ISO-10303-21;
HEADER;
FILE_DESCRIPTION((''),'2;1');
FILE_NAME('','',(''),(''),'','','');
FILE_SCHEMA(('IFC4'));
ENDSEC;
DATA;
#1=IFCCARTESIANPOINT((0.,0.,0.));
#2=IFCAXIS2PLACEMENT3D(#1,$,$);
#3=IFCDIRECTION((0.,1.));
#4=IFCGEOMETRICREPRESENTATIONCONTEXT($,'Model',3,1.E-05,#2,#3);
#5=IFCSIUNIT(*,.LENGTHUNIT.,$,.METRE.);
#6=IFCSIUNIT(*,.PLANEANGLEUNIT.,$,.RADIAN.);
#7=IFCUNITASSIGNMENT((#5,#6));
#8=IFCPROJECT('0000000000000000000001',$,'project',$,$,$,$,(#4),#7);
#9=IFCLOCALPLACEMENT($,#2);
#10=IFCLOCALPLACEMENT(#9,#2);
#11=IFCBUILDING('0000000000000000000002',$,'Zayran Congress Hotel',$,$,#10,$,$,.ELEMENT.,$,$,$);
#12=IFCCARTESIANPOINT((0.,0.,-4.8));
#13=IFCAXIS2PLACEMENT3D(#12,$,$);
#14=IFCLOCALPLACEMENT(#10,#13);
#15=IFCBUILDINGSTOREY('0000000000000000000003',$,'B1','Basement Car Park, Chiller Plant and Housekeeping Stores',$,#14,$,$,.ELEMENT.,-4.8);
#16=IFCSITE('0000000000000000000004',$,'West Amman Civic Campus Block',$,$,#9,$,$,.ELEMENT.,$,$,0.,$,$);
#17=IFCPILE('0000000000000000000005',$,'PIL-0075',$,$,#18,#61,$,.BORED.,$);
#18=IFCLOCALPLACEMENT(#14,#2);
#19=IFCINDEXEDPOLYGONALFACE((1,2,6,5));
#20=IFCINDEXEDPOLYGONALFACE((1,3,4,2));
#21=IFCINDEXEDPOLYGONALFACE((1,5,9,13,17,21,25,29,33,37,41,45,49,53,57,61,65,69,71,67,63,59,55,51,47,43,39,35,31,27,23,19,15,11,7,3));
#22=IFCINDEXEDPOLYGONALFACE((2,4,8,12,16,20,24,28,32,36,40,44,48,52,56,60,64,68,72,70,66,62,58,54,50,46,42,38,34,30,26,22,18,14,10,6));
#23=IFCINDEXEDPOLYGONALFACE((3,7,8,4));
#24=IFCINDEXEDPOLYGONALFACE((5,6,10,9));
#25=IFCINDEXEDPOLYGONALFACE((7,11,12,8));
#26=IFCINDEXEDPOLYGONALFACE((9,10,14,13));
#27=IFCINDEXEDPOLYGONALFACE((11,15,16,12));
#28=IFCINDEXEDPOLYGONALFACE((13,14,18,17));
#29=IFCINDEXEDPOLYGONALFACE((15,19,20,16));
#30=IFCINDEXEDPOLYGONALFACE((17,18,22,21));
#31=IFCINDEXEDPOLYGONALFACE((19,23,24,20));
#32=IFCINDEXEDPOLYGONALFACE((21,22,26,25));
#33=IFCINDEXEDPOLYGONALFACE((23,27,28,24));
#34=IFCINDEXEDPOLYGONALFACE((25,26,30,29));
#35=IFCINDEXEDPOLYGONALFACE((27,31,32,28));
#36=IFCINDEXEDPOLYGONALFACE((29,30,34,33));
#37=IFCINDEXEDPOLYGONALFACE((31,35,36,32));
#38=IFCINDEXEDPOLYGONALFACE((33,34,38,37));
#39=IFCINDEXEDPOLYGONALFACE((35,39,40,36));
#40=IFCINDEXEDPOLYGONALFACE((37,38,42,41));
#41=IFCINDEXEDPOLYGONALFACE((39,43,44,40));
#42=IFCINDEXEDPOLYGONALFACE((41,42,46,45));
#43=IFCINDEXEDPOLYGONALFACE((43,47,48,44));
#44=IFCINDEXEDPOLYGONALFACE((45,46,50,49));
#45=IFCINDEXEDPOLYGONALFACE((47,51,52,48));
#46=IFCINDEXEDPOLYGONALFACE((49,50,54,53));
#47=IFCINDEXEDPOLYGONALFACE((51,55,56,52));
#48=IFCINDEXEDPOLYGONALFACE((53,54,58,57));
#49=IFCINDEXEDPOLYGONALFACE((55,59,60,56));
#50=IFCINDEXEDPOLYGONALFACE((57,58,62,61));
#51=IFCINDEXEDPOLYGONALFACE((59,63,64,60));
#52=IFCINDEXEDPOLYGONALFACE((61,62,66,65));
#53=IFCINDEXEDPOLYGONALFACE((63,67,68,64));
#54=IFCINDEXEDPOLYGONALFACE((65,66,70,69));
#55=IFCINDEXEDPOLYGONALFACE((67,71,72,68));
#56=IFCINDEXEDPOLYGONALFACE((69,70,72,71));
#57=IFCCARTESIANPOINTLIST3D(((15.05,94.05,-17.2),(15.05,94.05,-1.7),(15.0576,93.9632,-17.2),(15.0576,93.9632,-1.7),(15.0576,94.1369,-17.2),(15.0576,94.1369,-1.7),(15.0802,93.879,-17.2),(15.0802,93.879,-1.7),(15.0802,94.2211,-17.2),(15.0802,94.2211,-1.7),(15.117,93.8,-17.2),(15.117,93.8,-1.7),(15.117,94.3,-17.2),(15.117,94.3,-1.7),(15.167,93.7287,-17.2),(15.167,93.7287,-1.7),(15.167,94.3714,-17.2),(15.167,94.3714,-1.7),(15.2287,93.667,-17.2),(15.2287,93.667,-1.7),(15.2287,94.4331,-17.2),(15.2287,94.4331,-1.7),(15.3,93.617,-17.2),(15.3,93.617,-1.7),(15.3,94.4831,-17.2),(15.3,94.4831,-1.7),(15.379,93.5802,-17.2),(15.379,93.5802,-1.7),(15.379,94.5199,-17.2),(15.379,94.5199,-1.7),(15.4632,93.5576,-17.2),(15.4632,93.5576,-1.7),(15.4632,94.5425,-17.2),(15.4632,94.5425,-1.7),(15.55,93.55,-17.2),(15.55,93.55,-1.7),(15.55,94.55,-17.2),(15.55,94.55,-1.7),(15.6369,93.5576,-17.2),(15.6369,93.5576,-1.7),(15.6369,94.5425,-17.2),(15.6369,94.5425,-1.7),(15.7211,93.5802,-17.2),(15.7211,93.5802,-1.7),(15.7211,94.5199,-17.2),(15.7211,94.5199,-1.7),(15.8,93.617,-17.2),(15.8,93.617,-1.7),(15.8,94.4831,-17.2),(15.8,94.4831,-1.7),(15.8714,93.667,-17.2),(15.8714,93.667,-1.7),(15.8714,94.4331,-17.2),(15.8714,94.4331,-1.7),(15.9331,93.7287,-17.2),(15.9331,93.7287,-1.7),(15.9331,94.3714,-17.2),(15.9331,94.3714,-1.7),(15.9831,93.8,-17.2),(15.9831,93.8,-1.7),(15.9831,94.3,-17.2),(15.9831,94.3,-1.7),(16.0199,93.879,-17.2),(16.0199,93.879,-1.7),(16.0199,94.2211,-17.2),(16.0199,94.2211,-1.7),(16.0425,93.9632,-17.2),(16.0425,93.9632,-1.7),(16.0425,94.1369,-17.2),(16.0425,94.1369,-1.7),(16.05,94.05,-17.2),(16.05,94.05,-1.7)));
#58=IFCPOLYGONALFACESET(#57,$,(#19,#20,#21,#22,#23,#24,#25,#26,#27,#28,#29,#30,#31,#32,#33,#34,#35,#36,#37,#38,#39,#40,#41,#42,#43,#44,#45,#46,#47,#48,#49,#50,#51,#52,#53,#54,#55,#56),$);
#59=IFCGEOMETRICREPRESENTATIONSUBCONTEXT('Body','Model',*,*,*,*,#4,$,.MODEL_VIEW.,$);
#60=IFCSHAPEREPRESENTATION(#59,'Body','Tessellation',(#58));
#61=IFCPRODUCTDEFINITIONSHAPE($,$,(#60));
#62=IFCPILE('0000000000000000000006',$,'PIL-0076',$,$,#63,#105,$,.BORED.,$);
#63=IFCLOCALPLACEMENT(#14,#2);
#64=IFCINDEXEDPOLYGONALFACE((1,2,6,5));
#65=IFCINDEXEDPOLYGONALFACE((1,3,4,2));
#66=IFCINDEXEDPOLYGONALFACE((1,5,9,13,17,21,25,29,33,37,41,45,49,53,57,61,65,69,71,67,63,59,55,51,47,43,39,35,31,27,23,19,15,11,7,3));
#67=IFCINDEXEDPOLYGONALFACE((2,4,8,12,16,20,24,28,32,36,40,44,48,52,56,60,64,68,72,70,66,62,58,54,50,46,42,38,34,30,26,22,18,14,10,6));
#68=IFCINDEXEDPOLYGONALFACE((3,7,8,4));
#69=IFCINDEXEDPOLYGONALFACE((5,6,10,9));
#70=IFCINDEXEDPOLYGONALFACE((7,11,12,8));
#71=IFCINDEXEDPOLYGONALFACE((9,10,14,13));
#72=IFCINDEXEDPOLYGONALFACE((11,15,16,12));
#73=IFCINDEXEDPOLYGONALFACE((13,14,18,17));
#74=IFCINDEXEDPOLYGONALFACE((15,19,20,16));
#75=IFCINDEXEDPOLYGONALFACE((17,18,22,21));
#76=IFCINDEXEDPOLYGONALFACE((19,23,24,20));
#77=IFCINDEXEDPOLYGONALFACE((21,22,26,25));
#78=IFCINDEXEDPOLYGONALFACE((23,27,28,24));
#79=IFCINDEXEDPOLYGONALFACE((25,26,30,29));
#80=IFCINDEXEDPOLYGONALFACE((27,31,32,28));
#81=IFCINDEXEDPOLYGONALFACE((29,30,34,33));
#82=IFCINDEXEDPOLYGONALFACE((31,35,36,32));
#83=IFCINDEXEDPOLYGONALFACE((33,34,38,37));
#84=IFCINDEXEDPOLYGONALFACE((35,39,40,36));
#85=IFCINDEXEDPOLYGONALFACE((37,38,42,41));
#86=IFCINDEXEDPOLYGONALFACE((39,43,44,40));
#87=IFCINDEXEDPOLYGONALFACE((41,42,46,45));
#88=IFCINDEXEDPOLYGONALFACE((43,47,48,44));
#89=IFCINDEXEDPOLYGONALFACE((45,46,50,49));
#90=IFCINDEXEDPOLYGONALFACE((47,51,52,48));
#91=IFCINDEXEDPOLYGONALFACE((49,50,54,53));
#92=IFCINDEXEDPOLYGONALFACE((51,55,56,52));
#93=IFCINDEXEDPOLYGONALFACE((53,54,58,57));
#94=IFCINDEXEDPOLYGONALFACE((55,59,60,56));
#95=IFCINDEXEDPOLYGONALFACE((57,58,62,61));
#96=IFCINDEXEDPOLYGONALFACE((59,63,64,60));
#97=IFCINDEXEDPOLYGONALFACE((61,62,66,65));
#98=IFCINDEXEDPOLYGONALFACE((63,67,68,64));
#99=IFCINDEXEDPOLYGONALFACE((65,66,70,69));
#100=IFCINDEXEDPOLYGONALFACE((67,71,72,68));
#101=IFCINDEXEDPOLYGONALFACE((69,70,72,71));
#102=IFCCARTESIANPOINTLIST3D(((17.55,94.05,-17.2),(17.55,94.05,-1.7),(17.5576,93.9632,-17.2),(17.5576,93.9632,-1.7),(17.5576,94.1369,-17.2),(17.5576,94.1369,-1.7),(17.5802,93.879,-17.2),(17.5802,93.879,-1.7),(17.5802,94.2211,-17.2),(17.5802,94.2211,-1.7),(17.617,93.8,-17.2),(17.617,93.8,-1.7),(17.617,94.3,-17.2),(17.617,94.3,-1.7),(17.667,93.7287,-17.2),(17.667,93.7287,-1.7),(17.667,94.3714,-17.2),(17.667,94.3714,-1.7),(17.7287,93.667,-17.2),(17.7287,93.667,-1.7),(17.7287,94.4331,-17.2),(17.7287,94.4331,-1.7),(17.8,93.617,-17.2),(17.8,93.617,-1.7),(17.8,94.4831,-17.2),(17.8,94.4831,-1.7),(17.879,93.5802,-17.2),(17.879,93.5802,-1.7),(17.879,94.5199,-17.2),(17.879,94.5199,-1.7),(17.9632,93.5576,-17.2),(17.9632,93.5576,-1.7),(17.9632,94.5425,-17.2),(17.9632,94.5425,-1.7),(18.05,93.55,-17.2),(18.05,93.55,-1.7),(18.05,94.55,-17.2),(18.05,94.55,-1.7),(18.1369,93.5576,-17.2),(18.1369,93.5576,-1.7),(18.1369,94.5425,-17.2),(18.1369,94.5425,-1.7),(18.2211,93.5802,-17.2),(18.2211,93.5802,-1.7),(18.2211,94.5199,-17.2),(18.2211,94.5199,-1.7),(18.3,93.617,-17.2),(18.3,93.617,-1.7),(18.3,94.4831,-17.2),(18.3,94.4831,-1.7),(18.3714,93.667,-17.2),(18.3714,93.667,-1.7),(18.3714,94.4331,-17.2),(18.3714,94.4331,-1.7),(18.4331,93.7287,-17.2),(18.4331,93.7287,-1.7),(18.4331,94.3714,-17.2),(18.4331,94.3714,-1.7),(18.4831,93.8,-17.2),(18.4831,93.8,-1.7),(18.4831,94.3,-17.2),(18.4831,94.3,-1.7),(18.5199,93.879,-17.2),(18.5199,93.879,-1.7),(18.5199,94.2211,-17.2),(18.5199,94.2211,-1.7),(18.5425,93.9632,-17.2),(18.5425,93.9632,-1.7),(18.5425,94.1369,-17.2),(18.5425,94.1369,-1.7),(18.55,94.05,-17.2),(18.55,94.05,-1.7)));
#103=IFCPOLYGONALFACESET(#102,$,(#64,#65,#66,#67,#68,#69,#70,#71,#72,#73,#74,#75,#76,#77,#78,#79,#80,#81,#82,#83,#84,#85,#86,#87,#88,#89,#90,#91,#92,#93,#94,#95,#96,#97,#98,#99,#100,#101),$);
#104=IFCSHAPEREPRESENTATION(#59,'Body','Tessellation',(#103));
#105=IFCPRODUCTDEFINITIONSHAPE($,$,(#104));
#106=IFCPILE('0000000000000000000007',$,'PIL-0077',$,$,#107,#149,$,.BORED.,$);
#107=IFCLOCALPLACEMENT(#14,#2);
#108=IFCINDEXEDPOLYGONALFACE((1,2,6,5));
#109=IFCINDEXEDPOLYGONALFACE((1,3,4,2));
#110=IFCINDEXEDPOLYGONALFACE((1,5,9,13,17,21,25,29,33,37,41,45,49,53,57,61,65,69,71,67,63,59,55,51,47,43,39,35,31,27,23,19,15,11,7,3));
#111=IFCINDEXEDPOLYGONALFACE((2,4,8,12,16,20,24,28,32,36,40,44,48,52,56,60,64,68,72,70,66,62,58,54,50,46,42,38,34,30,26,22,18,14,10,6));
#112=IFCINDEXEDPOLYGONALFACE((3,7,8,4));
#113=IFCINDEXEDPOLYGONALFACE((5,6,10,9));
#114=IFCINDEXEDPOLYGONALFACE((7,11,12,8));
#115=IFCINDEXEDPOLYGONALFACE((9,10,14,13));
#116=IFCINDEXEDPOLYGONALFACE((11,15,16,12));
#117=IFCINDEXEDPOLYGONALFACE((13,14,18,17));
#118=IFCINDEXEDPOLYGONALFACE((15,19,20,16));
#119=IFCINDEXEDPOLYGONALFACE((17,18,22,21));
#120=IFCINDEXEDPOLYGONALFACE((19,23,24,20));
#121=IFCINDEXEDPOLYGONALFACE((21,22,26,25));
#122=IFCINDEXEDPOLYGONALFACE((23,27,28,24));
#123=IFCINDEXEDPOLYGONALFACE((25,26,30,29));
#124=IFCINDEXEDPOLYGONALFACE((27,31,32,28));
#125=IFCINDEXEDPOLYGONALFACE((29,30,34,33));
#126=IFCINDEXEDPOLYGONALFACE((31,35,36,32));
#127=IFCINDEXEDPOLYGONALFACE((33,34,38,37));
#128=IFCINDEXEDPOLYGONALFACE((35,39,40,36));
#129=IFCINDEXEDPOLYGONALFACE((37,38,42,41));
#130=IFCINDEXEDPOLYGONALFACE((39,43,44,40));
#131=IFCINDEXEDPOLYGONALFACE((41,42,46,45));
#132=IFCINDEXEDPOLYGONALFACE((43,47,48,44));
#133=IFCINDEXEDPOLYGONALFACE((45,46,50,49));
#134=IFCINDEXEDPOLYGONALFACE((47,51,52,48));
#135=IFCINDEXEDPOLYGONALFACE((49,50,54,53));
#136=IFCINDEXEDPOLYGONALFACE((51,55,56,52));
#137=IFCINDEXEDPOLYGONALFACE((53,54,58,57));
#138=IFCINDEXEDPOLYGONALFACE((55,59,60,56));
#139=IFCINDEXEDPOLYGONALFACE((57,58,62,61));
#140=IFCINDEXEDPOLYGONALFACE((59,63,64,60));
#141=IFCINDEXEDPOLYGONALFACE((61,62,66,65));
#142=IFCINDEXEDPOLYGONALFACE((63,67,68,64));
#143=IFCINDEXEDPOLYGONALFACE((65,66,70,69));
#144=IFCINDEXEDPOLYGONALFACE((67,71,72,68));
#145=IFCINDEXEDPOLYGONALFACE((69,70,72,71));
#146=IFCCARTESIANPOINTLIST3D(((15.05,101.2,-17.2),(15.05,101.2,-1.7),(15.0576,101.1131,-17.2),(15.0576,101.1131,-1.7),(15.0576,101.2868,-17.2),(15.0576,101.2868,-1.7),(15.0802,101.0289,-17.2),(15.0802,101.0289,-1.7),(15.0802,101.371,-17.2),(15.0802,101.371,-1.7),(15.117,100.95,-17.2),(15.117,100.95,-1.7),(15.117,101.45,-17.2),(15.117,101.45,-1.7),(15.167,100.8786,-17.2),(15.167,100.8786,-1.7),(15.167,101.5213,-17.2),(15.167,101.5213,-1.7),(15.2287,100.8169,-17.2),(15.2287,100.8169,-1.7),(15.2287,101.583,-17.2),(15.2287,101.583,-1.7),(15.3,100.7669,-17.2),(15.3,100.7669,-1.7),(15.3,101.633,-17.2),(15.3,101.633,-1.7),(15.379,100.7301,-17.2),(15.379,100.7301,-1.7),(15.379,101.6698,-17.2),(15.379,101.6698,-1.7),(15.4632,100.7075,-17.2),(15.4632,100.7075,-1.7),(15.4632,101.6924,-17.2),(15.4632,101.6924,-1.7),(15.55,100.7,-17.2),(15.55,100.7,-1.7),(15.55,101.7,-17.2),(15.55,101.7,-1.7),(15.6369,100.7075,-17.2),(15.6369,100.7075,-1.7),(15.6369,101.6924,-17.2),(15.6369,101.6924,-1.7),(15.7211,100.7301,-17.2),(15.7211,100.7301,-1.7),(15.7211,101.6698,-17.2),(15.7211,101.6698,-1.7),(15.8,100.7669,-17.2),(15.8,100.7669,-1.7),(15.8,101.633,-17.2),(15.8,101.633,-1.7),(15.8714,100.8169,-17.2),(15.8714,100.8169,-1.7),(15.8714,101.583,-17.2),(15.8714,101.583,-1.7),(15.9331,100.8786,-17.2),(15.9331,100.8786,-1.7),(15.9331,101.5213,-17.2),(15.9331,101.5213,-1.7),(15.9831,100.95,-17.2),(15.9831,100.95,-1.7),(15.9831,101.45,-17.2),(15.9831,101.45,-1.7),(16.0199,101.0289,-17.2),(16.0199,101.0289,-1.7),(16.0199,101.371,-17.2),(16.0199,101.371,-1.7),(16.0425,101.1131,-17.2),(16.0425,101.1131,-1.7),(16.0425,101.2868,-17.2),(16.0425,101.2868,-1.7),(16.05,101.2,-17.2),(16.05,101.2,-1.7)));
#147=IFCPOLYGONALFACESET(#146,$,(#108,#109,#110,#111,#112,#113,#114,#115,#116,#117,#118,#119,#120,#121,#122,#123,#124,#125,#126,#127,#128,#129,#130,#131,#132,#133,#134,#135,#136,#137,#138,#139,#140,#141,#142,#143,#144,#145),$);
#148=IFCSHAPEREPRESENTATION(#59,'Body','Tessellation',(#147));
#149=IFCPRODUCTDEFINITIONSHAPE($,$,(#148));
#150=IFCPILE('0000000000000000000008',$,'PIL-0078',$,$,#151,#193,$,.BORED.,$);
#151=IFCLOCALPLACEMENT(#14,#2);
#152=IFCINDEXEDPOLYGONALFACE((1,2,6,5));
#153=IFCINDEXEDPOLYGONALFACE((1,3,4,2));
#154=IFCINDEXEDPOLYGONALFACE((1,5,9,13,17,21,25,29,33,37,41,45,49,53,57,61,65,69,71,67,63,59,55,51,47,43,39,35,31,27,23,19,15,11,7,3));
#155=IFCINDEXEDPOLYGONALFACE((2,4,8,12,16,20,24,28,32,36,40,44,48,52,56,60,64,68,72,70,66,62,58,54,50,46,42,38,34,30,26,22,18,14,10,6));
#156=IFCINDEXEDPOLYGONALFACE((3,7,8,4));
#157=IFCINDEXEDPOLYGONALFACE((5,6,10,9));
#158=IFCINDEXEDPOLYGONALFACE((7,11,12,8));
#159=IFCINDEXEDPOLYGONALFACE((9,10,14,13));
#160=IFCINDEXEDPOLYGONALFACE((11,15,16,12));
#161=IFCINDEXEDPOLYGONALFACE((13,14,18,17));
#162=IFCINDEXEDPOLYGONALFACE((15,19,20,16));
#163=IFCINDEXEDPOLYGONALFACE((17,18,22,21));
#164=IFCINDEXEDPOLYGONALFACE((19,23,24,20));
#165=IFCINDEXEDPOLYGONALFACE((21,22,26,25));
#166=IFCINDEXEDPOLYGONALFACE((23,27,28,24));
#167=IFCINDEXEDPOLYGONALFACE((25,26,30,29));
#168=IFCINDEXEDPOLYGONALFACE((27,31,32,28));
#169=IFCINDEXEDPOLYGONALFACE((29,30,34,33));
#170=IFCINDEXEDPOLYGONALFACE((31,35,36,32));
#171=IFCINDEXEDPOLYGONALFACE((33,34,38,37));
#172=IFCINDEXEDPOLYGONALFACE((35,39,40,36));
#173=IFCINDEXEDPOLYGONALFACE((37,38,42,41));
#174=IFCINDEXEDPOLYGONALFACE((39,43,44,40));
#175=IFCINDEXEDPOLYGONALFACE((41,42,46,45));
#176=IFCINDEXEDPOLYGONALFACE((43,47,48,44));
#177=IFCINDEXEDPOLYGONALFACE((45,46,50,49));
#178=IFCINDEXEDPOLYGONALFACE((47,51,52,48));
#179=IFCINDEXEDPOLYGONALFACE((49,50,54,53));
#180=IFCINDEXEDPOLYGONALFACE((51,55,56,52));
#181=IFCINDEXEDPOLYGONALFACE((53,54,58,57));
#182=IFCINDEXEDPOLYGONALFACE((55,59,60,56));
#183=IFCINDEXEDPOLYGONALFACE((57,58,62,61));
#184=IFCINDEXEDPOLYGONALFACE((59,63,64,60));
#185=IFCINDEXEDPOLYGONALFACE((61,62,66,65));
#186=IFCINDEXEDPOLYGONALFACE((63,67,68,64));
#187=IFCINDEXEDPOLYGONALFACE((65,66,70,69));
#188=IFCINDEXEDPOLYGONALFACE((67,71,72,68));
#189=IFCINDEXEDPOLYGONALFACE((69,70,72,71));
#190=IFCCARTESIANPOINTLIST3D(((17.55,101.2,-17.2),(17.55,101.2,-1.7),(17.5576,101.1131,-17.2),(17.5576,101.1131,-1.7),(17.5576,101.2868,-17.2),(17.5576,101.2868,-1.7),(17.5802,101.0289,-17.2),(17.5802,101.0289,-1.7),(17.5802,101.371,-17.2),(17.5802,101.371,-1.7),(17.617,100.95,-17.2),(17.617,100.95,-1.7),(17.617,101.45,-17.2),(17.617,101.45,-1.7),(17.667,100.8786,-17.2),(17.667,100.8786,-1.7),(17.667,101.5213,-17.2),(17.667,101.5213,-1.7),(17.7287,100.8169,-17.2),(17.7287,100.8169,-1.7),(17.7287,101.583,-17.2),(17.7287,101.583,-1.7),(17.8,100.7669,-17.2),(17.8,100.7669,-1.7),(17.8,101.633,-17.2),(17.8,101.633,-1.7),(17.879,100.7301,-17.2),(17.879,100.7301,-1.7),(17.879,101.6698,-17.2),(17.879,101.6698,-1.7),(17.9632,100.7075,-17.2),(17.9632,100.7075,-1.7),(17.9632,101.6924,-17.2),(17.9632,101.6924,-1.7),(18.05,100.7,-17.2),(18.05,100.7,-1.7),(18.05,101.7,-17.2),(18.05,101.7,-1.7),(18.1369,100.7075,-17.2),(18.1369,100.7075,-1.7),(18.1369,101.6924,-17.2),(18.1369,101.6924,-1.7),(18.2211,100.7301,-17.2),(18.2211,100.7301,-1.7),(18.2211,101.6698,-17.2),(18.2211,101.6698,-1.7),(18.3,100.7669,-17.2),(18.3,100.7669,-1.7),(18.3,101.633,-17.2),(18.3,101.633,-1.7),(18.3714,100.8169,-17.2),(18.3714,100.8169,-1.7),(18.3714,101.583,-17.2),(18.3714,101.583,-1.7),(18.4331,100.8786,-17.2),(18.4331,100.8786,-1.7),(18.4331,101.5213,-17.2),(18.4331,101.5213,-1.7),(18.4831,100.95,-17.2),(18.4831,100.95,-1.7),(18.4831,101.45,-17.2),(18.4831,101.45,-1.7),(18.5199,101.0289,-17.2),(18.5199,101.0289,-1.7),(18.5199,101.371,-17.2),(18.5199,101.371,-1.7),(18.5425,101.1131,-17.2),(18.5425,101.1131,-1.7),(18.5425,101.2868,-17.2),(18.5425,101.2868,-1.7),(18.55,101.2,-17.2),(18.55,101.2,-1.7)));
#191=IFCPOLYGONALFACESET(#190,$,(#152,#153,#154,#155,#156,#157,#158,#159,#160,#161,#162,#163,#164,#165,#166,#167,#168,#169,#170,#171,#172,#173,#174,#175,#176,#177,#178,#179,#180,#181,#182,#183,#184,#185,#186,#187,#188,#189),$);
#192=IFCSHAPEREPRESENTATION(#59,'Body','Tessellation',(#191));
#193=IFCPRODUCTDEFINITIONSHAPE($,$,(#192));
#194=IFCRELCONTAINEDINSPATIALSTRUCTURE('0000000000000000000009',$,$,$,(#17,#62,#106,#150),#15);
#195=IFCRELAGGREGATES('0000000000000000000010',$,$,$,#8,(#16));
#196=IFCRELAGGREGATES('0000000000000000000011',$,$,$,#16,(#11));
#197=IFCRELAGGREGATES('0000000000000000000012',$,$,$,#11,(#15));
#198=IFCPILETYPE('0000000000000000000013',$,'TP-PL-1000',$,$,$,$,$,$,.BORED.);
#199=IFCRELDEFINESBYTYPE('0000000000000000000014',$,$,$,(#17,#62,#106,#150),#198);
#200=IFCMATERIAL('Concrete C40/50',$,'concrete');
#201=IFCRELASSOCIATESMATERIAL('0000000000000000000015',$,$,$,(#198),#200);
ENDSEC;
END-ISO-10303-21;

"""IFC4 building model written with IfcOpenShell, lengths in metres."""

from ifc_helpers import new_model, si_unit, direction, frame, origin, origin_2d, place, context, subcontext, project, spatial, circle, extrude, material, material_profile, profile_set, type_object, element, save


model = new_model("IFC4")

# Units and contexts
model_context = context("Model", 3, precision=1e-05, world=origin(), true_north=direction((0.0, 1.0)))
body_context = subcontext(model_context, "Body", "Model", "MODEL_VIEW")
ifc_project = project(units=[si_unit("LENGTHUNIT", "METRE"), si_unit("PLANEANGLEUNIT", "RADIAN")], contexts=[model_context])

# Site, building, storey
site_placement = place(None, origin())
site = spatial("IfcSite", under=ifc_project, at=site_placement, Name="West Amman Civic Campus Block", CompositionType="ELEMENT", RefElevation=0.0)
building_placement = place(site_placement, origin())
building = spatial("IfcBuilding", under=site, at=building_placement, Name="Zayran Congress Hotel", CompositionType="ELEMENT")
storey_placement = place(building_placement, frame((0.0, 0.0, -4.8)))
storey = spatial("IfcBuildingStorey", under=building, at=storey_placement, Name="B1", Description="Basement Car Park, Chiller Plant and Housekeeping Stores", CompositionType="ELEMENT", Elevation=-4.8)

# Piles
ifc_material_1 = material(Name="Concrete C40/50", Category="concrete")
ifc_material_profile_1 = material_profile(ifc_material_1, circle(Radius=0.5, at=origin_2d()), Name="PILE D1000")
ifc_profile_set_1 = profile_set([ifc_material_profile_1], Name="Concrete C40/50")
pile_type = type_object("IfcPileType", Name="TP-PL-1000", PredefinedType="BORED", material=ifc_profile_set_1)
for number, where, z_axis, x_axis, name in (
    (1, (15.55, 94.05, -1.7), (0.0, 0.0, -1.0), (1.0, 0.0, 0.0), "PIL-0075"),
    (2, (18.05, 94.05, -1.7), (0.0, 0.0, -1.0), (1.0, 0.0, 0.0), "PIL-0076"),
    (3, (15.55, 101.2, -1.7), (0.0, 0.0, -1.0), (1.0, 0.0, 0.0), "PIL-0077"),
    (4, (18.05, 101.2, -1.7), (0.0, 0.0, -1.0), (1.0, 0.0, 0.0), "PIL-0078"),
):
    element("IfcPile", number, at=place(storey_placement, frame(where, z_axis=z_axis, x_axis=x_axis)), inside=storey, type_object=pile_type, Name=name, PredefinedType="BORED", context=body_context, shape_type="SweptSolid", body=[
        extrude(circle(Radius=0.5, at=origin_2d()), origin(), (0.0, 0.0, 1.0), 15.5),
    ])

save(model, "model.ifc")
